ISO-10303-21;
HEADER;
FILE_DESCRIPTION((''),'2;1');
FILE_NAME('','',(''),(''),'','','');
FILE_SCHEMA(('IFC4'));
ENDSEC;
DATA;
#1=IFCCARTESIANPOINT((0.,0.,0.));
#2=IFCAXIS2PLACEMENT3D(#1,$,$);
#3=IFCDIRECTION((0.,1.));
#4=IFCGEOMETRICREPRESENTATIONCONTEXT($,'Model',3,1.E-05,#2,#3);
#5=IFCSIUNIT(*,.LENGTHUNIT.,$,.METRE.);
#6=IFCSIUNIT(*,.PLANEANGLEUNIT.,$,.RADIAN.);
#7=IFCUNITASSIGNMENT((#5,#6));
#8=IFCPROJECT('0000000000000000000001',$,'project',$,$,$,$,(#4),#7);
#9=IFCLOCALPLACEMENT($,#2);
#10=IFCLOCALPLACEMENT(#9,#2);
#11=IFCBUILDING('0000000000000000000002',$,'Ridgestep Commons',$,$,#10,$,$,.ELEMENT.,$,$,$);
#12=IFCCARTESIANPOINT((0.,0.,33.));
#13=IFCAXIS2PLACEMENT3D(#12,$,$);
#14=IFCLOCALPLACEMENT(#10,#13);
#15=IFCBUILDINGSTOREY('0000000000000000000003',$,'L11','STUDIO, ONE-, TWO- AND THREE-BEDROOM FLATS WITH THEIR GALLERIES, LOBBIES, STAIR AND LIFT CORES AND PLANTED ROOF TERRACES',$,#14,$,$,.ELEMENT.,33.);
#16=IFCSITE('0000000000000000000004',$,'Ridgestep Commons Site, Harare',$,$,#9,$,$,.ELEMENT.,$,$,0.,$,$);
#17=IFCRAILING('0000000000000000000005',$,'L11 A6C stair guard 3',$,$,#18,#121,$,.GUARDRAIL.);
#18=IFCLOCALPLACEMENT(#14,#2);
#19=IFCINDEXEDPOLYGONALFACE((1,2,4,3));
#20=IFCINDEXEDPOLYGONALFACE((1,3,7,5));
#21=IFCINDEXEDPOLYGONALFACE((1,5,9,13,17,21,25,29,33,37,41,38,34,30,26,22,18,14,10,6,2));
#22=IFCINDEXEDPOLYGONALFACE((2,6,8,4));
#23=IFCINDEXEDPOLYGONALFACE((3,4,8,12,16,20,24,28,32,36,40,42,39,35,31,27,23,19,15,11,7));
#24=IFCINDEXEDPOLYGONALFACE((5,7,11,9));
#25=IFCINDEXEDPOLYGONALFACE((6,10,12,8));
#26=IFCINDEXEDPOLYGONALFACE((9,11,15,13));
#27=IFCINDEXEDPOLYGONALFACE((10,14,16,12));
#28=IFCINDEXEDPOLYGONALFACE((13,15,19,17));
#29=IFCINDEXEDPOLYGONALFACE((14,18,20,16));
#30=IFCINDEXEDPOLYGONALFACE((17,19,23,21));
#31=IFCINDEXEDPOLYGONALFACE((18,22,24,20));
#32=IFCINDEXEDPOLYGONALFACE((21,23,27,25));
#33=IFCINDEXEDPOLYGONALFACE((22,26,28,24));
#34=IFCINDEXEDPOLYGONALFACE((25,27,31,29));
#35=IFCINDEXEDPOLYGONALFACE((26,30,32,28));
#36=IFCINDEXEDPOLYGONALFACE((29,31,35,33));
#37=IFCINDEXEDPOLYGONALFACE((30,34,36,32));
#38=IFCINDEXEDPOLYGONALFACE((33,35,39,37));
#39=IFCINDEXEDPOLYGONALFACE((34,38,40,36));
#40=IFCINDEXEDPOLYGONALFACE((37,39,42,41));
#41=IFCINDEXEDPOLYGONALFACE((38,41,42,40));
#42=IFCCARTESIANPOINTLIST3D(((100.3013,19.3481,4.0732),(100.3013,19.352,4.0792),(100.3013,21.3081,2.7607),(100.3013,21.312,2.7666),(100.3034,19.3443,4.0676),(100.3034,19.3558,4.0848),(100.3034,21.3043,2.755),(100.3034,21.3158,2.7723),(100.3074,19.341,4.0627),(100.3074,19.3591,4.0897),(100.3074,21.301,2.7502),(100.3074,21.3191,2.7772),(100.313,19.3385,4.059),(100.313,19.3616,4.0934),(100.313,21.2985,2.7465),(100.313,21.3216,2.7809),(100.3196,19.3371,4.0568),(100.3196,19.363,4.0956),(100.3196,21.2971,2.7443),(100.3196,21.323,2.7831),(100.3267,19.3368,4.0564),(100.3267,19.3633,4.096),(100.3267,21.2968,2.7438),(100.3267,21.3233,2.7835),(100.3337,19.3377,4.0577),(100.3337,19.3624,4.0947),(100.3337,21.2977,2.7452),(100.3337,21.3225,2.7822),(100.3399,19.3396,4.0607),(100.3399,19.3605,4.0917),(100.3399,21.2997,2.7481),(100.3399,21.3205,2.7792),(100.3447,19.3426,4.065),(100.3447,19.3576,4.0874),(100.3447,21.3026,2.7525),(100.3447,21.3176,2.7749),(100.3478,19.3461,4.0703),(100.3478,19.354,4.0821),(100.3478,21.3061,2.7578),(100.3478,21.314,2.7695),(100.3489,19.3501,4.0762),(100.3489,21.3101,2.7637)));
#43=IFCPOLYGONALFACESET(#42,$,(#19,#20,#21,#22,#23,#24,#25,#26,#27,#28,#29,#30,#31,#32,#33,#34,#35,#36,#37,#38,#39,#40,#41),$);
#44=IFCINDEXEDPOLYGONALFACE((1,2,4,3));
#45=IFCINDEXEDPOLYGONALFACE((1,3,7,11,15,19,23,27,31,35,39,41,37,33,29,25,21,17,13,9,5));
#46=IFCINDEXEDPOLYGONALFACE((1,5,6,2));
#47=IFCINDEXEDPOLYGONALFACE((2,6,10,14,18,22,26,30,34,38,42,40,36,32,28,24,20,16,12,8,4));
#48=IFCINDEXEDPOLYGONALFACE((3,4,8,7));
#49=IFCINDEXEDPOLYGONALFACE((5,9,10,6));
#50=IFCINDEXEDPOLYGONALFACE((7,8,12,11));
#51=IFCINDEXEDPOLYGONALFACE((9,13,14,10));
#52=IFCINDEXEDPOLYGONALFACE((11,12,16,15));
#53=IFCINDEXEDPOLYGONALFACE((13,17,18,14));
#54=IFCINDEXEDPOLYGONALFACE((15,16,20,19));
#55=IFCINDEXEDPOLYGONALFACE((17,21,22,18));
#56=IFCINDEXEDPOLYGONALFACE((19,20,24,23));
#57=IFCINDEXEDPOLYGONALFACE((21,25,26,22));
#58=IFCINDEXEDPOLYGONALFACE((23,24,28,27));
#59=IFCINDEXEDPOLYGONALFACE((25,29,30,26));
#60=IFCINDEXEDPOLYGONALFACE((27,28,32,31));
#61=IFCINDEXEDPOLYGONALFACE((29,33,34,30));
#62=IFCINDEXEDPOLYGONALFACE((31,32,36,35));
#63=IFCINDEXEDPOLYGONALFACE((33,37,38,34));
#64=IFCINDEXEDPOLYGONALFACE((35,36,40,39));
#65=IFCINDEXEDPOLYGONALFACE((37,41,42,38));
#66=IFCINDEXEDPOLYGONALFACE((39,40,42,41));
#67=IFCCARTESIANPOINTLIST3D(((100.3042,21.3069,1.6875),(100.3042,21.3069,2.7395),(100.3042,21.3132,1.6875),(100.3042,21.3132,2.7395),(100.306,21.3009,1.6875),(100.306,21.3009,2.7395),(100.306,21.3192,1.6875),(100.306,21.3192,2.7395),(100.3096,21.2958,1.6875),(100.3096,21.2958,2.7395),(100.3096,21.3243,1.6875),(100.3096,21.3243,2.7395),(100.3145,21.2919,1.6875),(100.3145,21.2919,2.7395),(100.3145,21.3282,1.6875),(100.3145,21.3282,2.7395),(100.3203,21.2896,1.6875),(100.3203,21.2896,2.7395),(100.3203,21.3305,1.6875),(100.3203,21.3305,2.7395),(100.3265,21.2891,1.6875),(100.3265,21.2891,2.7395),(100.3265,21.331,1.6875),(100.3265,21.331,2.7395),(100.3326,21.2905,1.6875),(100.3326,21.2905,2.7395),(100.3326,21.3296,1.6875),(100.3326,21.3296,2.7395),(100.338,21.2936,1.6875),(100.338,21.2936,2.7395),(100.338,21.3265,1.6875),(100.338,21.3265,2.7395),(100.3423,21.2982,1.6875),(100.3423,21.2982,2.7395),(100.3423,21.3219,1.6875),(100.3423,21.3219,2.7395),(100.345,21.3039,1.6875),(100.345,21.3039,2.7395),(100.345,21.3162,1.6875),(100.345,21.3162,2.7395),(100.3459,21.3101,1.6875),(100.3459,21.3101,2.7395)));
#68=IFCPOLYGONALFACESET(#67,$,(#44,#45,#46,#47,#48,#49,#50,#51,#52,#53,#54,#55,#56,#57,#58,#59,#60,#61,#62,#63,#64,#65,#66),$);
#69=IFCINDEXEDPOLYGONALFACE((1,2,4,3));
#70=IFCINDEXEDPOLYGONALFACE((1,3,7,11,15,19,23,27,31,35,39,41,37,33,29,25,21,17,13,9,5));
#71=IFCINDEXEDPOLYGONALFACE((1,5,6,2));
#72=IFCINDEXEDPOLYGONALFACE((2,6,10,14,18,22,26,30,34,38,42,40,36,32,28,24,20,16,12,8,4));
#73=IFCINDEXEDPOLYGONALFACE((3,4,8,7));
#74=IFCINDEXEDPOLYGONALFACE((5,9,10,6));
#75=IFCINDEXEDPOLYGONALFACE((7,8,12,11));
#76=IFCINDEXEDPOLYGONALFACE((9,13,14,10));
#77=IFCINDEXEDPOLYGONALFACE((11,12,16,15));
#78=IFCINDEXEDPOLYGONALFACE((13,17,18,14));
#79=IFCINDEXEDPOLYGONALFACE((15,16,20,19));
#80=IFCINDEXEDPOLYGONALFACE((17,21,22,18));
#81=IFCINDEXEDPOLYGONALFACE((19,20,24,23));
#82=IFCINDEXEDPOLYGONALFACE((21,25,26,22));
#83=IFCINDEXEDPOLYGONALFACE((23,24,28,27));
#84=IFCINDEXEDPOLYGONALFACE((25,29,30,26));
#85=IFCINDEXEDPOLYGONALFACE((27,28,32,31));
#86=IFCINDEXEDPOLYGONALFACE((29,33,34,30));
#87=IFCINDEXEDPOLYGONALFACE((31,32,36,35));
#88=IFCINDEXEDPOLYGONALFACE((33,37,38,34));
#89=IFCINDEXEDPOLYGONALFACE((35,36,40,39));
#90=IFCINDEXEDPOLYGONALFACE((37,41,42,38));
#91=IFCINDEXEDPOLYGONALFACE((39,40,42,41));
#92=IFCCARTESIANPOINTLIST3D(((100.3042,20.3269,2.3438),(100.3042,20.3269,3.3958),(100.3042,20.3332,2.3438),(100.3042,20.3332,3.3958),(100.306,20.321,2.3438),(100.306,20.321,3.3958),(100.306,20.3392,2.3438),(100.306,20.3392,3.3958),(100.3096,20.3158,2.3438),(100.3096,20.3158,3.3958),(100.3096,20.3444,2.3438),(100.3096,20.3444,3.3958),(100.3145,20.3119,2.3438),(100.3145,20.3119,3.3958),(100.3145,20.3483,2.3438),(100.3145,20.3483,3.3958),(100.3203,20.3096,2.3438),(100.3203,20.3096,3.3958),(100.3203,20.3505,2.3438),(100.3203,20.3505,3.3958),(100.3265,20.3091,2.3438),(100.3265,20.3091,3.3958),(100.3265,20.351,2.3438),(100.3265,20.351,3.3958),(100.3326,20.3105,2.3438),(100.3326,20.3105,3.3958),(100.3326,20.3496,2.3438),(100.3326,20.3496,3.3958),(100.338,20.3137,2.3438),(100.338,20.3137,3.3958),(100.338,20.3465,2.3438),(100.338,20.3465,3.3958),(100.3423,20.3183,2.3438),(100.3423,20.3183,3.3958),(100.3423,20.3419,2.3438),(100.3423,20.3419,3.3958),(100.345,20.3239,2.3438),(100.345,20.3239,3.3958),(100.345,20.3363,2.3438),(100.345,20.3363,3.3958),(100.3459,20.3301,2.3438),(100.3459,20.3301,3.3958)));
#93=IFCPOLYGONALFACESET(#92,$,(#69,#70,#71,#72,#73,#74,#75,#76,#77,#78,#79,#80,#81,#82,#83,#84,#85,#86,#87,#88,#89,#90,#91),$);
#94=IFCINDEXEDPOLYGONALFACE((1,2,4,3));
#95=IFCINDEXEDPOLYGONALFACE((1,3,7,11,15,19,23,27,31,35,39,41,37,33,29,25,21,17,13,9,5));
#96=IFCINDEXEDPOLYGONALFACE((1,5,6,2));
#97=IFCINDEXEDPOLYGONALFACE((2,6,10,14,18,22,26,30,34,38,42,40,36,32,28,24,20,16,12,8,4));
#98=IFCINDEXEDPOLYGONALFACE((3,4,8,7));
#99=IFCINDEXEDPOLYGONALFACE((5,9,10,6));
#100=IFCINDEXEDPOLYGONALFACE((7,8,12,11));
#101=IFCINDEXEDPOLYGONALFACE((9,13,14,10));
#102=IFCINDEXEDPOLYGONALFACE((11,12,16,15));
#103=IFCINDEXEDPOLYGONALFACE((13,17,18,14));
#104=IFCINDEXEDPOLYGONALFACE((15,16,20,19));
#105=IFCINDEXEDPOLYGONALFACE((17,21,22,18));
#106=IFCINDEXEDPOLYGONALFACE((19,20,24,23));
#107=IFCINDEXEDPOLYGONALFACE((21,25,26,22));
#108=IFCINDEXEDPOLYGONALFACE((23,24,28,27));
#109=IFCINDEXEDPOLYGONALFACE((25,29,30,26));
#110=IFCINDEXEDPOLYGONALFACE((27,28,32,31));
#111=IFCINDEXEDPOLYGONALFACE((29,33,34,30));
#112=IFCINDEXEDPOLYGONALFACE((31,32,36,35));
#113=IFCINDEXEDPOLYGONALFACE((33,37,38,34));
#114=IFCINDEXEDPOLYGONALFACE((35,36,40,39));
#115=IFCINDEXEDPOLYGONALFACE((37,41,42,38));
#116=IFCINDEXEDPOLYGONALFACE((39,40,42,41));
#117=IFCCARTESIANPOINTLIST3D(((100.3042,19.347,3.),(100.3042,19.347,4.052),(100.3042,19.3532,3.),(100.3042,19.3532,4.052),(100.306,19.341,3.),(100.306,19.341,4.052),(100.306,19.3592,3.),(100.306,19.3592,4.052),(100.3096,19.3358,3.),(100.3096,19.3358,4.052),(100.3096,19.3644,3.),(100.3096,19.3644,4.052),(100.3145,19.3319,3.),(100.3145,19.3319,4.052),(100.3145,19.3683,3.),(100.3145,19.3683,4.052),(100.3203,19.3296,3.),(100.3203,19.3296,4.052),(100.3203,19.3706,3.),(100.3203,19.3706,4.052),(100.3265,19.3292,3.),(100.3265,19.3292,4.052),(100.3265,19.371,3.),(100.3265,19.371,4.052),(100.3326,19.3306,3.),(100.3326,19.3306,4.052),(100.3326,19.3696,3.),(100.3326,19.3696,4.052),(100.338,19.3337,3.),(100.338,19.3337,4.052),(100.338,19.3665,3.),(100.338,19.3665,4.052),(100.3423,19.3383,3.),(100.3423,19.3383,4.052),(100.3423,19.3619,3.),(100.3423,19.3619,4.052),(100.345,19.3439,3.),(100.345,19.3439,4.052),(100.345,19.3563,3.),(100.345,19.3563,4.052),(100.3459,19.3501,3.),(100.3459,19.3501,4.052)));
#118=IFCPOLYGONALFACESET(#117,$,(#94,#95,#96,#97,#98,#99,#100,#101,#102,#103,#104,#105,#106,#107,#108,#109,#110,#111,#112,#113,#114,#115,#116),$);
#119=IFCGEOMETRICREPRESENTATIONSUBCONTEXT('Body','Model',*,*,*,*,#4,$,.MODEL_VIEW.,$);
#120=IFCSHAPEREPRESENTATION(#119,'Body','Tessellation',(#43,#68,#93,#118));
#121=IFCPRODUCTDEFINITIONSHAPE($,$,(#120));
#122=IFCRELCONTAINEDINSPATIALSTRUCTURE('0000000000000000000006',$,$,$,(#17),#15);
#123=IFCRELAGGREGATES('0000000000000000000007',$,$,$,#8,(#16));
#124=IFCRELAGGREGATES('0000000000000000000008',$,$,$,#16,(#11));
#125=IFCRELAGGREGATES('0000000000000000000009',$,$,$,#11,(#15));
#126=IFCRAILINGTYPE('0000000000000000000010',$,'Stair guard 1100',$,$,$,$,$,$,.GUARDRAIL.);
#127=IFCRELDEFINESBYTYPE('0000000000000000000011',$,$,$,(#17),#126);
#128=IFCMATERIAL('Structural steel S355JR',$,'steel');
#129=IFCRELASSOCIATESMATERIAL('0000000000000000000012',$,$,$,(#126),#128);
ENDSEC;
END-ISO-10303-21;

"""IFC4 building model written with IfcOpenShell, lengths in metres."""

from ifc_helpers import new_model, si_unit, direction, frame, origin, origin_2d, place, context, subcontext, project, spatial, circle, extrude, material, type_object, element, save


model = new_model("IFC4")

# Units and contexts
model_context = context("Model", 3, precision=1e-05, world=origin(), true_north=direction((0.0, 1.0)))
body_context = subcontext(model_context, "Body", "Model", "MODEL_VIEW")
ifc_project = project(units=[si_unit("LENGTHUNIT", "METRE"), si_unit("PLANEANGLEUNIT", "RADIAN")], contexts=[model_context])

# Site, building, storey
site_placement = place(None, origin())
site = spatial("IfcSite", under=ifc_project, at=site_placement, Name="Ridgestep Commons Site, Harare", CompositionType="ELEMENT", RefElevation=0.0)
building_placement = place(site_placement, origin())
building = spatial("IfcBuilding", under=site, at=building_placement, Name="Ridgestep Commons", CompositionType="ELEMENT")
storey_placement = place(building_placement, frame((0.0, 0.0, 33.0)))
storey = spatial("IfcBuildingStorey", under=building, at=storey_placement, Name="L11", Description="STUDIO, ONE-, TWO- AND THREE-BEDROOM FLATS WITH THEIR GALLERIES, LOBBIES, STAIR AND LIFT CORES AND PLANTED ROOF TERRACES", CompositionType="ELEMENT", Elevation=33.0)

# Railing
ifc_material_1 = material(Name="Structural steel S355JR", Category="steel")
railing_type_1 = type_object("IfcRailingType", Name="Stair guard 1100", PredefinedType="GUARDRAIL", material=ifc_material_1)
railing_1_placement = place(storey_placement, frame((100.325, 21.3101, 1.6875)))
element("IfcRailing", 1, at=railing_1_placement, inside=storey, type_object=railing_type_1, Name="L11 A6C stair guard 3", PredefinedType="GUARDRAIL", context=body_context, shape_type="SweptSolid", body=[
    extrude(circle(Radius=0.0239, at=origin_2d()), frame((0.0, 0.0, 1.0762), z_axis=(0.0, -0.830902, 0.556419), x_axis=(1.0, 0.0, 0.0)), (0.0, 0.0, 1.0), 2.3589),
    extrude(circle(Radius=0.021, at=origin_2d()), origin(), (0.0, 0.0, 1.0), 1.052),
    extrude(circle(Radius=0.021, at=origin_2d()), frame((0.0, -0.98, 0.6562)), (0.0, 0.0, 1.0), 1.052),
    extrude(circle(Radius=0.021, at=origin_2d()), frame((0.0, -1.96, 1.3125)), (0.0, 0.0, 1.0), 1.052),
])

save(model, "model.ifc")
